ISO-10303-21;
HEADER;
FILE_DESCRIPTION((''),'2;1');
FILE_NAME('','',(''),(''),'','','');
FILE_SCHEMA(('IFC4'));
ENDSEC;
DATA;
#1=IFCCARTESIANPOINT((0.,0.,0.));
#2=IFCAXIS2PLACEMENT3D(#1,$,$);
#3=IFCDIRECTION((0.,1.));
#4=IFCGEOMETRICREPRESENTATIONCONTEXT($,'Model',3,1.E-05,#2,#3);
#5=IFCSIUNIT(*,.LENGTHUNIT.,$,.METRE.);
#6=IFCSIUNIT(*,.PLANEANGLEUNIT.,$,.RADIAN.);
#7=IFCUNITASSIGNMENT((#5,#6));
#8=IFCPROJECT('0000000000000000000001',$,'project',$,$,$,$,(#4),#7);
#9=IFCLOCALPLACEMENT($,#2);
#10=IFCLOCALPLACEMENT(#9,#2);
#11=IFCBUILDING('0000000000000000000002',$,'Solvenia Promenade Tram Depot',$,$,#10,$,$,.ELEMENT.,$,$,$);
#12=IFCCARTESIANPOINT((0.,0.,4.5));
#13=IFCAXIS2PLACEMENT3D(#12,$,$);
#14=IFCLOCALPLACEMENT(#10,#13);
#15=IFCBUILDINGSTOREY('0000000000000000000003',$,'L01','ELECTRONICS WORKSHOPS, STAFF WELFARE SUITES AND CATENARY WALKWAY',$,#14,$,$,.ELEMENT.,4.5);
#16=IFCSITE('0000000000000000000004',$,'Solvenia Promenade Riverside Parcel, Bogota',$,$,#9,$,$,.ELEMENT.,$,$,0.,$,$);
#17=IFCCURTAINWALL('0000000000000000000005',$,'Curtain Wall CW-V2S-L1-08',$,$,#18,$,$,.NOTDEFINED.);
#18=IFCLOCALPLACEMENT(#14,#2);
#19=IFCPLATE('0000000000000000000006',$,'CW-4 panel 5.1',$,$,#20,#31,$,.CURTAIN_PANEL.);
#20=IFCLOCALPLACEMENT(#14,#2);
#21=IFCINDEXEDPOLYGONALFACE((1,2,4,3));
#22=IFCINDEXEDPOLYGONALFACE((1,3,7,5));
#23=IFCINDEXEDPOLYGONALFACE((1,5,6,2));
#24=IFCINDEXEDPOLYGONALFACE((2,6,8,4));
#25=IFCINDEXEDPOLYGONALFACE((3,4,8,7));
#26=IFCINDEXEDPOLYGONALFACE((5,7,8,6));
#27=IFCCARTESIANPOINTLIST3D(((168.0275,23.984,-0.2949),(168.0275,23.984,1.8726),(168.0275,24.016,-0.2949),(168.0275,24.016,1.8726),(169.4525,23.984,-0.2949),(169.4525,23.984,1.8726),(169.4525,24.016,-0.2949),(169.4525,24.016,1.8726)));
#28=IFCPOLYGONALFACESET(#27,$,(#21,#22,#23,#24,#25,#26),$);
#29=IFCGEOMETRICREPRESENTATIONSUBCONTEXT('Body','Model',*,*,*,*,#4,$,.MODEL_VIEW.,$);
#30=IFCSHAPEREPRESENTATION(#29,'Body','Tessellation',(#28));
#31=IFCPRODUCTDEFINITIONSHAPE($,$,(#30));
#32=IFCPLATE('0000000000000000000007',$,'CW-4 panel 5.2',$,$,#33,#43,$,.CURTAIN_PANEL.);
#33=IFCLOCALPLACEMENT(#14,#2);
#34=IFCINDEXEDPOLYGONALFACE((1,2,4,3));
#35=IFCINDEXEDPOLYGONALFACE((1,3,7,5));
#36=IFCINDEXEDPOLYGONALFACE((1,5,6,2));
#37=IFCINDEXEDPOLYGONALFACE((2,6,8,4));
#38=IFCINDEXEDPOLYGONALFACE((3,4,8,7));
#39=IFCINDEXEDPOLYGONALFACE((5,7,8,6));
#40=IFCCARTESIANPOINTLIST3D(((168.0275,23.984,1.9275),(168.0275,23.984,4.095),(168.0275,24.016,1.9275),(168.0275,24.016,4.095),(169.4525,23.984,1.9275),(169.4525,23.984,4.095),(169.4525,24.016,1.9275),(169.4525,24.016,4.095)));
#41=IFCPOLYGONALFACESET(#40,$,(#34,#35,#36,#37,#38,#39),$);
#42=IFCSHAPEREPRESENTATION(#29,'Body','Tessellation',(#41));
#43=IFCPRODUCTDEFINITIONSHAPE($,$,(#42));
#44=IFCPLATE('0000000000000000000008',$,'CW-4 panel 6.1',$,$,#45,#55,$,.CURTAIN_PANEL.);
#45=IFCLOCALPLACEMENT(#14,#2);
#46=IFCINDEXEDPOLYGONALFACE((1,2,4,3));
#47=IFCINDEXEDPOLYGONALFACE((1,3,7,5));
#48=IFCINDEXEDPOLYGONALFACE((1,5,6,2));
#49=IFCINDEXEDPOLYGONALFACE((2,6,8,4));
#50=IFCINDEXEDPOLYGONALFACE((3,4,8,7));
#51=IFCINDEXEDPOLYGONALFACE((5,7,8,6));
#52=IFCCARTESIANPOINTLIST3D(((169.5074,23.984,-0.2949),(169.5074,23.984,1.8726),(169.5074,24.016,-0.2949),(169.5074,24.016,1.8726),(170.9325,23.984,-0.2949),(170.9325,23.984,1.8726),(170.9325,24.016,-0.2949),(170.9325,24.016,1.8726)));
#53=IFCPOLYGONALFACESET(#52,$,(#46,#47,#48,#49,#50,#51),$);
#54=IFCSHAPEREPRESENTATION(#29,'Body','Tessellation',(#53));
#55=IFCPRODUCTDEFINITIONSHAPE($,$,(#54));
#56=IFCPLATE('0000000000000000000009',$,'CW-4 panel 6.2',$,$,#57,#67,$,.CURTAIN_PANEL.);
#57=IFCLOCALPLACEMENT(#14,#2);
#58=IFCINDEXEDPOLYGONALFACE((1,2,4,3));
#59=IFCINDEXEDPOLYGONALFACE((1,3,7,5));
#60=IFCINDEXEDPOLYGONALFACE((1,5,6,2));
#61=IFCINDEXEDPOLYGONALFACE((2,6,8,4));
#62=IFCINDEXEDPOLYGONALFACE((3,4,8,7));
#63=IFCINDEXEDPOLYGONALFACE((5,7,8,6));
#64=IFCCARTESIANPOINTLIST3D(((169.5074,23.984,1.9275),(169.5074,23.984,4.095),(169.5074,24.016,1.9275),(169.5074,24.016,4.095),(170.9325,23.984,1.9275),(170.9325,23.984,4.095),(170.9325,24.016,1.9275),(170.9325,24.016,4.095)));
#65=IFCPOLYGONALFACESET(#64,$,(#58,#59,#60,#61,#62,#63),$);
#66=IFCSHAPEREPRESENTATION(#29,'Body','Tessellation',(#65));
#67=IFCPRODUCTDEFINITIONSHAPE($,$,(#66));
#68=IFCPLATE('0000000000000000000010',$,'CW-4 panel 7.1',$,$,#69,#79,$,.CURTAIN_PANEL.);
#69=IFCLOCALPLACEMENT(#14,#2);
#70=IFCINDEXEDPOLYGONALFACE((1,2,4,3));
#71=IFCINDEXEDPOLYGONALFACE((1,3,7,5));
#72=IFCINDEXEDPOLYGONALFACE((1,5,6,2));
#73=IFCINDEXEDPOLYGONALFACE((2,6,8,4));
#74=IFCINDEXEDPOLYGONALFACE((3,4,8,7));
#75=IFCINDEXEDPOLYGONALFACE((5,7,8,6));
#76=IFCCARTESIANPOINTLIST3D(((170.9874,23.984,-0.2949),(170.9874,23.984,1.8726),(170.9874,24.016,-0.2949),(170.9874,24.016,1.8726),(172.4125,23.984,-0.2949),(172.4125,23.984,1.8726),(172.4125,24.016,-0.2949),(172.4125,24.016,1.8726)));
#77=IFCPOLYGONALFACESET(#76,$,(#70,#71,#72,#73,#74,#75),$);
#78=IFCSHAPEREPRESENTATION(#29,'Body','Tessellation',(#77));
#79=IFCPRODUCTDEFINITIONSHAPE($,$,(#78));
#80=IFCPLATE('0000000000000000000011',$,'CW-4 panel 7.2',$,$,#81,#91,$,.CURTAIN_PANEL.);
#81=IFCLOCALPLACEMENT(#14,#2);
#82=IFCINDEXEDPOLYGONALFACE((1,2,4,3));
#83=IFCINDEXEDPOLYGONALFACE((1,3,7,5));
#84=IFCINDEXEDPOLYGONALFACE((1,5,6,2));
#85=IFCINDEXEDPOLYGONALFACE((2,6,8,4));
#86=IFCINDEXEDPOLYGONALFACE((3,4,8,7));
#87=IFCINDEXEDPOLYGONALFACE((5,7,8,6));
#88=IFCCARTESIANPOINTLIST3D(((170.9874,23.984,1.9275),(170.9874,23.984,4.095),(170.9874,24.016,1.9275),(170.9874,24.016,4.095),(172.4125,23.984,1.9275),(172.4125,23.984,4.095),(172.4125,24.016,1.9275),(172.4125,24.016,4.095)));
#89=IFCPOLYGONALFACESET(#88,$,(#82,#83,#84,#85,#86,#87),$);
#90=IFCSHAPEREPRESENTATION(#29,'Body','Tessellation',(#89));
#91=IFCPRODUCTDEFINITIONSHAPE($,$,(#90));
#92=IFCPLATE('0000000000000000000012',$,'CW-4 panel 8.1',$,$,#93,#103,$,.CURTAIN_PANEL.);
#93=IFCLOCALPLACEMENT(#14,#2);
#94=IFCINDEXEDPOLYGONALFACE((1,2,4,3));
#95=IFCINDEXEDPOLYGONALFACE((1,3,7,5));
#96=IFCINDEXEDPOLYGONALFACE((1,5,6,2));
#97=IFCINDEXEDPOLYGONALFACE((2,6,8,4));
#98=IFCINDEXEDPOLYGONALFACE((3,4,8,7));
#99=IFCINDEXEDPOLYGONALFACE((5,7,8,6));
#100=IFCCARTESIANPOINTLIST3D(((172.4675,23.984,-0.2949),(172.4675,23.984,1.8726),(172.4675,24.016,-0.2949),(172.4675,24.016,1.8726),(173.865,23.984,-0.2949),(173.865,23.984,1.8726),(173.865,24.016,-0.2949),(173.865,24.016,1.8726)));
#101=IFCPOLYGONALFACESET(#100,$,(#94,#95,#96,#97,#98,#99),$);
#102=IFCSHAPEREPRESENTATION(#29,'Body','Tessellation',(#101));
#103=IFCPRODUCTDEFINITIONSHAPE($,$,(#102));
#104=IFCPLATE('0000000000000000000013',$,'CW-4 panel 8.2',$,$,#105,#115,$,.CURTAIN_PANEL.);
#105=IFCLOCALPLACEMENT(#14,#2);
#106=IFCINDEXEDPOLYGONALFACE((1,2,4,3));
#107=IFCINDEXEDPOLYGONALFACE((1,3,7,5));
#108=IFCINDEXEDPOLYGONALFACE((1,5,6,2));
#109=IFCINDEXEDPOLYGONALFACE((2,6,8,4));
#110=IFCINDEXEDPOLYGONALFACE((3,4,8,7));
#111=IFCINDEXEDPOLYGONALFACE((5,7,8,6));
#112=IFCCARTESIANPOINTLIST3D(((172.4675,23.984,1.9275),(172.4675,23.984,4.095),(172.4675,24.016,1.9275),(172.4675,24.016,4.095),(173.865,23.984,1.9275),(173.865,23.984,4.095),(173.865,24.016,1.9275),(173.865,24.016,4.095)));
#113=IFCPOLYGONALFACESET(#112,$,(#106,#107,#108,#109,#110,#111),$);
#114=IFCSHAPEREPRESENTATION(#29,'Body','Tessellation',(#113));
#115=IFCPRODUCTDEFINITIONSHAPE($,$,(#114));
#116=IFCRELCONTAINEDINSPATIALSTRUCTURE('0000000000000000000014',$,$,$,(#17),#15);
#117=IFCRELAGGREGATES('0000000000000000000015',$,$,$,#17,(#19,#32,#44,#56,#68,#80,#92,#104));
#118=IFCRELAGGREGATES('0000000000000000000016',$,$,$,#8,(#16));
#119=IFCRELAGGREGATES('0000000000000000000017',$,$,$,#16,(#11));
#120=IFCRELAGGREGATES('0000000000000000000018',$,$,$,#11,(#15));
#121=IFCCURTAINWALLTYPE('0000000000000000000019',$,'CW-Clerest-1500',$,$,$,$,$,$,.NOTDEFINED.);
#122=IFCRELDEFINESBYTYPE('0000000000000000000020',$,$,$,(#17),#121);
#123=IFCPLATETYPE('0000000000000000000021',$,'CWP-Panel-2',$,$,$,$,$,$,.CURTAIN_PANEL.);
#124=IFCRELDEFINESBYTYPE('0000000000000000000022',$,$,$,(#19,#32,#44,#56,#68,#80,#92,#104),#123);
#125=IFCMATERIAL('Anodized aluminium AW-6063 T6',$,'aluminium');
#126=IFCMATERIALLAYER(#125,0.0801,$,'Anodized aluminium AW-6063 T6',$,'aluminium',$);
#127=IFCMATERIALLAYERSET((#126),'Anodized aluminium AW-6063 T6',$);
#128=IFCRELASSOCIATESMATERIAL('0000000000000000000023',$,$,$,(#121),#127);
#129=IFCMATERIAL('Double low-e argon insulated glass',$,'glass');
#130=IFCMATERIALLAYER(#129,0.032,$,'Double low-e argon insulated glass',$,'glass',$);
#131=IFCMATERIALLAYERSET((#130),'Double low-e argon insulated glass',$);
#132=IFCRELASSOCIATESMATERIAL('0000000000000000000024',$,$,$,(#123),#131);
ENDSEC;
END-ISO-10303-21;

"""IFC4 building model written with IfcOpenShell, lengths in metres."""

from ifc_helpers import new_model, si_unit, direction, frame, origin, origin_2d, place, context, subcontext, project, spatial, rectangle, extrude, material, layer, layer_set, type_object, element, aggregate, save


model = new_model("IFC4")

# Units and contexts
model_context = context("Model", 3, precision=1e-05, world=origin(), true_north=direction((0.0, 1.0)))
body_context = subcontext(model_context, "Body", "Model", "MODEL_VIEW")
ifc_project = project(units=[si_unit("LENGTHUNIT", "METRE"), si_unit("PLANEANGLEUNIT", "RADIAN")], contexts=[model_context])

# Site, building, storey
site_placement = place(None, origin())
site = spatial("IfcSite", under=ifc_project, at=site_placement, Name="Solvenia Promenade Riverside Parcel, Bogota", CompositionType="ELEMENT", RefElevation=0.0)
building_placement = place(site_placement, origin())
building = spatial("IfcBuilding", under=site, at=building_placement, Name="Solvenia Promenade Tram Depot", CompositionType="ELEMENT")
storey_placement = place(building_placement, frame((0.0, 0.0, 4.5)))
storey = spatial("IfcBuildingStorey", under=building, at=storey_placement, Name="L01", Description="ELECTRONICS WORKSHOPS, STAFF WELFARE SUITES AND CATENARY WALKWAY", CompositionType="ELEMENT", Elevation=4.5)

# Curtain wall
ifc_material_1 = material(Name="Anodized aluminium AW-6063 T6", Category="aluminium")
ifc_layer_1 = layer(ifc_material_1, 0.0801, Name="Anodized aluminium AW-6063 T6", Category="aluminium")
ifc_layer_set_1 = layer_set([ifc_layer_1], Name="Anodized aluminium AW-6063 T6")
curtain_wall_type = type_object("IfcCurtainWallType", Name="CW-Clerest-1500", PredefinedType="NOTDEFINED", material=ifc_layer_set_1)
curtain_wall_1_placement = place(storey_placement, origin())
curtain_wall_1 = element("IfcCurtainWall", 1, at=curtain_wall_1_placement, inside=storey, type_object=curtain_wall_type, Name="Curtain Wall CW-V2S-L1-08", PredefinedType="NOTDEFINED")

# Plates
ifc_material_2 = material(Name="Double low-e argon insulated glass", Category="glass")
ifc_layer_2 = layer(ifc_material_2, 0.032, Name="Double low-e argon insulated glass", Category="glass")
ifc_layer_set_2 = layer_set([ifc_layer_2], Name="Double low-e argon insulated glass")
plate_type = type_object("IfcPlateType", Name="CWP-Panel-2", PredefinedType="CURTAIN_PANEL", material=ifc_layer_set_2)
plate_1_placement = place(storey_placement, frame((168.74, 24.0, -0.2949), z_axis=(0.0, 0.0, 1.0), x_axis=(1.0, 0.0, 0.0)))
plate_1 = element("IfcPlate", 2, at=plate_1_placement, type_object=plate_type, Name="CW-4 panel 5.1", PredefinedType="CURTAIN_PANEL", context=body_context, shape_type="SweptSolid", body=[
    extrude(rectangle(XDim=1.425, YDim=0.032, at=origin_2d()), origin(), (0.0, 0.0, 1.0), 2.1675),
])
plate_2_placement = place(storey_placement, frame((168.74, 24.0, 1.9275), z_axis=(0.0, 0.0, 1.0), x_axis=(1.0, 0.0, 0.0)))
plate_2 = element("IfcPlate", 3, at=plate_2_placement, type_object=plate_type, Name="CW-4 panel 5.2", PredefinedType="CURTAIN_PANEL", context=body_context, shape_type="SweptSolid", body=[
    extrude(rectangle(XDim=1.425, YDim=0.032, at=origin_2d()), origin(), (0.0, 0.0, 1.0), 2.1675),
])
plate_3_placement = place(storey_placement, frame((170.22, 24.0, -0.2949), z_axis=(0.0, 0.0, 1.0), x_axis=(1.0, 0.0, 0.0)))
plate_3 = element("IfcPlate", 4, at=plate_3_placement, type_object=plate_type, Name="CW-4 panel 6.1", PredefinedType="CURTAIN_PANEL", context=body_context, shape_type="SweptSolid", body=[
    extrude(rectangle(XDim=1.425, YDim=0.032, at=origin_2d()), origin(), (0.0, 0.0, 1.0), 2.1675),
])
plate_4_placement = place(storey_placement, frame((170.22, 24.0, 1.9275), z_axis=(0.0, 0.0, 1.0), x_axis=(1.0, 0.0, 0.0)))
plate_4 = element("IfcPlate", 5, at=plate_4_placement, type_object=plate_type, Name="CW-4 panel 6.2", PredefinedType="CURTAIN_PANEL", context=body_context, shape_type="SweptSolid", body=[
    extrude(rectangle(XDim=1.425, YDim=0.032, at=origin_2d()), origin(), (0.0, 0.0, 1.0), 2.1675),
])
plate_5_placement = place(storey_placement, frame((171.7, 24.0, -0.2949), z_axis=(0.0, 0.0, 1.0), x_axis=(1.0, 0.0, 0.0)))
plate_5 = element("IfcPlate", 6, at=plate_5_placement, type_object=plate_type, Name="CW-4 panel 7.1", PredefinedType="CURTAIN_PANEL", context=body_context, shape_type="SweptSolid", body=[
    extrude(rectangle(XDim=1.425, YDim=0.032, at=origin_2d()), origin(), (0.0, 0.0, 1.0), 2.1675),
])
plate_6_placement = place(storey_placement, frame((171.7, 24.0, 1.9275), z_axis=(0.0, 0.0, 1.0), x_axis=(1.0, 0.0, 0.0)))
plate_6 = element("IfcPlate", 7, at=plate_6_placement, type_object=plate_type, Name="CW-4 panel 7.2", PredefinedType="CURTAIN_PANEL", context=body_context, shape_type="SweptSolid", body=[
    extrude(rectangle(XDim=1.425, YDim=0.032, at=origin_2d()), origin(), (0.0, 0.0, 1.0), 2.1675),
])
plate_7_placement = place(storey_placement, frame((173.1663, 24.0, -0.2949), z_axis=(0.0, 0.0, 1.0), x_axis=(1.0, 0.0, 0.0)))
plate_7 = element("IfcPlate", 8, at=plate_7_placement, type_object=plate_type, Name="CW-4 panel 8.1", PredefinedType="CURTAIN_PANEL", context=body_context, shape_type="SweptSolid", body=[
    extrude(rectangle(XDim=1.3975, YDim=0.032, at=origin_2d()), origin(), (0.0, 0.0, 1.0), 2.1675),
])
plate_8_placement = place(storey_placement, frame((173.1663, 24.0, 1.9275), z_axis=(0.0, 0.0, 1.0), x_axis=(1.0, 0.0, 0.0)))
plate_8 = element("IfcPlate", 9, at=plate_8_placement, type_object=plate_type, Name="CW-4 panel 8.2", PredefinedType="CURTAIN_PANEL", context=body_context, shape_type="SweptSolid", body=[
    extrude(rectangle(XDim=1.3975, YDim=0.032, at=origin_2d()), origin(), (0.0, 0.0, 1.0), 2.1675),
])
aggregate(curtain_wall_1, [plate_1, plate_2, plate_3, plate_4, plate_5, plate_6, plate_7, plate_8])

save(model, "model.ifc")
